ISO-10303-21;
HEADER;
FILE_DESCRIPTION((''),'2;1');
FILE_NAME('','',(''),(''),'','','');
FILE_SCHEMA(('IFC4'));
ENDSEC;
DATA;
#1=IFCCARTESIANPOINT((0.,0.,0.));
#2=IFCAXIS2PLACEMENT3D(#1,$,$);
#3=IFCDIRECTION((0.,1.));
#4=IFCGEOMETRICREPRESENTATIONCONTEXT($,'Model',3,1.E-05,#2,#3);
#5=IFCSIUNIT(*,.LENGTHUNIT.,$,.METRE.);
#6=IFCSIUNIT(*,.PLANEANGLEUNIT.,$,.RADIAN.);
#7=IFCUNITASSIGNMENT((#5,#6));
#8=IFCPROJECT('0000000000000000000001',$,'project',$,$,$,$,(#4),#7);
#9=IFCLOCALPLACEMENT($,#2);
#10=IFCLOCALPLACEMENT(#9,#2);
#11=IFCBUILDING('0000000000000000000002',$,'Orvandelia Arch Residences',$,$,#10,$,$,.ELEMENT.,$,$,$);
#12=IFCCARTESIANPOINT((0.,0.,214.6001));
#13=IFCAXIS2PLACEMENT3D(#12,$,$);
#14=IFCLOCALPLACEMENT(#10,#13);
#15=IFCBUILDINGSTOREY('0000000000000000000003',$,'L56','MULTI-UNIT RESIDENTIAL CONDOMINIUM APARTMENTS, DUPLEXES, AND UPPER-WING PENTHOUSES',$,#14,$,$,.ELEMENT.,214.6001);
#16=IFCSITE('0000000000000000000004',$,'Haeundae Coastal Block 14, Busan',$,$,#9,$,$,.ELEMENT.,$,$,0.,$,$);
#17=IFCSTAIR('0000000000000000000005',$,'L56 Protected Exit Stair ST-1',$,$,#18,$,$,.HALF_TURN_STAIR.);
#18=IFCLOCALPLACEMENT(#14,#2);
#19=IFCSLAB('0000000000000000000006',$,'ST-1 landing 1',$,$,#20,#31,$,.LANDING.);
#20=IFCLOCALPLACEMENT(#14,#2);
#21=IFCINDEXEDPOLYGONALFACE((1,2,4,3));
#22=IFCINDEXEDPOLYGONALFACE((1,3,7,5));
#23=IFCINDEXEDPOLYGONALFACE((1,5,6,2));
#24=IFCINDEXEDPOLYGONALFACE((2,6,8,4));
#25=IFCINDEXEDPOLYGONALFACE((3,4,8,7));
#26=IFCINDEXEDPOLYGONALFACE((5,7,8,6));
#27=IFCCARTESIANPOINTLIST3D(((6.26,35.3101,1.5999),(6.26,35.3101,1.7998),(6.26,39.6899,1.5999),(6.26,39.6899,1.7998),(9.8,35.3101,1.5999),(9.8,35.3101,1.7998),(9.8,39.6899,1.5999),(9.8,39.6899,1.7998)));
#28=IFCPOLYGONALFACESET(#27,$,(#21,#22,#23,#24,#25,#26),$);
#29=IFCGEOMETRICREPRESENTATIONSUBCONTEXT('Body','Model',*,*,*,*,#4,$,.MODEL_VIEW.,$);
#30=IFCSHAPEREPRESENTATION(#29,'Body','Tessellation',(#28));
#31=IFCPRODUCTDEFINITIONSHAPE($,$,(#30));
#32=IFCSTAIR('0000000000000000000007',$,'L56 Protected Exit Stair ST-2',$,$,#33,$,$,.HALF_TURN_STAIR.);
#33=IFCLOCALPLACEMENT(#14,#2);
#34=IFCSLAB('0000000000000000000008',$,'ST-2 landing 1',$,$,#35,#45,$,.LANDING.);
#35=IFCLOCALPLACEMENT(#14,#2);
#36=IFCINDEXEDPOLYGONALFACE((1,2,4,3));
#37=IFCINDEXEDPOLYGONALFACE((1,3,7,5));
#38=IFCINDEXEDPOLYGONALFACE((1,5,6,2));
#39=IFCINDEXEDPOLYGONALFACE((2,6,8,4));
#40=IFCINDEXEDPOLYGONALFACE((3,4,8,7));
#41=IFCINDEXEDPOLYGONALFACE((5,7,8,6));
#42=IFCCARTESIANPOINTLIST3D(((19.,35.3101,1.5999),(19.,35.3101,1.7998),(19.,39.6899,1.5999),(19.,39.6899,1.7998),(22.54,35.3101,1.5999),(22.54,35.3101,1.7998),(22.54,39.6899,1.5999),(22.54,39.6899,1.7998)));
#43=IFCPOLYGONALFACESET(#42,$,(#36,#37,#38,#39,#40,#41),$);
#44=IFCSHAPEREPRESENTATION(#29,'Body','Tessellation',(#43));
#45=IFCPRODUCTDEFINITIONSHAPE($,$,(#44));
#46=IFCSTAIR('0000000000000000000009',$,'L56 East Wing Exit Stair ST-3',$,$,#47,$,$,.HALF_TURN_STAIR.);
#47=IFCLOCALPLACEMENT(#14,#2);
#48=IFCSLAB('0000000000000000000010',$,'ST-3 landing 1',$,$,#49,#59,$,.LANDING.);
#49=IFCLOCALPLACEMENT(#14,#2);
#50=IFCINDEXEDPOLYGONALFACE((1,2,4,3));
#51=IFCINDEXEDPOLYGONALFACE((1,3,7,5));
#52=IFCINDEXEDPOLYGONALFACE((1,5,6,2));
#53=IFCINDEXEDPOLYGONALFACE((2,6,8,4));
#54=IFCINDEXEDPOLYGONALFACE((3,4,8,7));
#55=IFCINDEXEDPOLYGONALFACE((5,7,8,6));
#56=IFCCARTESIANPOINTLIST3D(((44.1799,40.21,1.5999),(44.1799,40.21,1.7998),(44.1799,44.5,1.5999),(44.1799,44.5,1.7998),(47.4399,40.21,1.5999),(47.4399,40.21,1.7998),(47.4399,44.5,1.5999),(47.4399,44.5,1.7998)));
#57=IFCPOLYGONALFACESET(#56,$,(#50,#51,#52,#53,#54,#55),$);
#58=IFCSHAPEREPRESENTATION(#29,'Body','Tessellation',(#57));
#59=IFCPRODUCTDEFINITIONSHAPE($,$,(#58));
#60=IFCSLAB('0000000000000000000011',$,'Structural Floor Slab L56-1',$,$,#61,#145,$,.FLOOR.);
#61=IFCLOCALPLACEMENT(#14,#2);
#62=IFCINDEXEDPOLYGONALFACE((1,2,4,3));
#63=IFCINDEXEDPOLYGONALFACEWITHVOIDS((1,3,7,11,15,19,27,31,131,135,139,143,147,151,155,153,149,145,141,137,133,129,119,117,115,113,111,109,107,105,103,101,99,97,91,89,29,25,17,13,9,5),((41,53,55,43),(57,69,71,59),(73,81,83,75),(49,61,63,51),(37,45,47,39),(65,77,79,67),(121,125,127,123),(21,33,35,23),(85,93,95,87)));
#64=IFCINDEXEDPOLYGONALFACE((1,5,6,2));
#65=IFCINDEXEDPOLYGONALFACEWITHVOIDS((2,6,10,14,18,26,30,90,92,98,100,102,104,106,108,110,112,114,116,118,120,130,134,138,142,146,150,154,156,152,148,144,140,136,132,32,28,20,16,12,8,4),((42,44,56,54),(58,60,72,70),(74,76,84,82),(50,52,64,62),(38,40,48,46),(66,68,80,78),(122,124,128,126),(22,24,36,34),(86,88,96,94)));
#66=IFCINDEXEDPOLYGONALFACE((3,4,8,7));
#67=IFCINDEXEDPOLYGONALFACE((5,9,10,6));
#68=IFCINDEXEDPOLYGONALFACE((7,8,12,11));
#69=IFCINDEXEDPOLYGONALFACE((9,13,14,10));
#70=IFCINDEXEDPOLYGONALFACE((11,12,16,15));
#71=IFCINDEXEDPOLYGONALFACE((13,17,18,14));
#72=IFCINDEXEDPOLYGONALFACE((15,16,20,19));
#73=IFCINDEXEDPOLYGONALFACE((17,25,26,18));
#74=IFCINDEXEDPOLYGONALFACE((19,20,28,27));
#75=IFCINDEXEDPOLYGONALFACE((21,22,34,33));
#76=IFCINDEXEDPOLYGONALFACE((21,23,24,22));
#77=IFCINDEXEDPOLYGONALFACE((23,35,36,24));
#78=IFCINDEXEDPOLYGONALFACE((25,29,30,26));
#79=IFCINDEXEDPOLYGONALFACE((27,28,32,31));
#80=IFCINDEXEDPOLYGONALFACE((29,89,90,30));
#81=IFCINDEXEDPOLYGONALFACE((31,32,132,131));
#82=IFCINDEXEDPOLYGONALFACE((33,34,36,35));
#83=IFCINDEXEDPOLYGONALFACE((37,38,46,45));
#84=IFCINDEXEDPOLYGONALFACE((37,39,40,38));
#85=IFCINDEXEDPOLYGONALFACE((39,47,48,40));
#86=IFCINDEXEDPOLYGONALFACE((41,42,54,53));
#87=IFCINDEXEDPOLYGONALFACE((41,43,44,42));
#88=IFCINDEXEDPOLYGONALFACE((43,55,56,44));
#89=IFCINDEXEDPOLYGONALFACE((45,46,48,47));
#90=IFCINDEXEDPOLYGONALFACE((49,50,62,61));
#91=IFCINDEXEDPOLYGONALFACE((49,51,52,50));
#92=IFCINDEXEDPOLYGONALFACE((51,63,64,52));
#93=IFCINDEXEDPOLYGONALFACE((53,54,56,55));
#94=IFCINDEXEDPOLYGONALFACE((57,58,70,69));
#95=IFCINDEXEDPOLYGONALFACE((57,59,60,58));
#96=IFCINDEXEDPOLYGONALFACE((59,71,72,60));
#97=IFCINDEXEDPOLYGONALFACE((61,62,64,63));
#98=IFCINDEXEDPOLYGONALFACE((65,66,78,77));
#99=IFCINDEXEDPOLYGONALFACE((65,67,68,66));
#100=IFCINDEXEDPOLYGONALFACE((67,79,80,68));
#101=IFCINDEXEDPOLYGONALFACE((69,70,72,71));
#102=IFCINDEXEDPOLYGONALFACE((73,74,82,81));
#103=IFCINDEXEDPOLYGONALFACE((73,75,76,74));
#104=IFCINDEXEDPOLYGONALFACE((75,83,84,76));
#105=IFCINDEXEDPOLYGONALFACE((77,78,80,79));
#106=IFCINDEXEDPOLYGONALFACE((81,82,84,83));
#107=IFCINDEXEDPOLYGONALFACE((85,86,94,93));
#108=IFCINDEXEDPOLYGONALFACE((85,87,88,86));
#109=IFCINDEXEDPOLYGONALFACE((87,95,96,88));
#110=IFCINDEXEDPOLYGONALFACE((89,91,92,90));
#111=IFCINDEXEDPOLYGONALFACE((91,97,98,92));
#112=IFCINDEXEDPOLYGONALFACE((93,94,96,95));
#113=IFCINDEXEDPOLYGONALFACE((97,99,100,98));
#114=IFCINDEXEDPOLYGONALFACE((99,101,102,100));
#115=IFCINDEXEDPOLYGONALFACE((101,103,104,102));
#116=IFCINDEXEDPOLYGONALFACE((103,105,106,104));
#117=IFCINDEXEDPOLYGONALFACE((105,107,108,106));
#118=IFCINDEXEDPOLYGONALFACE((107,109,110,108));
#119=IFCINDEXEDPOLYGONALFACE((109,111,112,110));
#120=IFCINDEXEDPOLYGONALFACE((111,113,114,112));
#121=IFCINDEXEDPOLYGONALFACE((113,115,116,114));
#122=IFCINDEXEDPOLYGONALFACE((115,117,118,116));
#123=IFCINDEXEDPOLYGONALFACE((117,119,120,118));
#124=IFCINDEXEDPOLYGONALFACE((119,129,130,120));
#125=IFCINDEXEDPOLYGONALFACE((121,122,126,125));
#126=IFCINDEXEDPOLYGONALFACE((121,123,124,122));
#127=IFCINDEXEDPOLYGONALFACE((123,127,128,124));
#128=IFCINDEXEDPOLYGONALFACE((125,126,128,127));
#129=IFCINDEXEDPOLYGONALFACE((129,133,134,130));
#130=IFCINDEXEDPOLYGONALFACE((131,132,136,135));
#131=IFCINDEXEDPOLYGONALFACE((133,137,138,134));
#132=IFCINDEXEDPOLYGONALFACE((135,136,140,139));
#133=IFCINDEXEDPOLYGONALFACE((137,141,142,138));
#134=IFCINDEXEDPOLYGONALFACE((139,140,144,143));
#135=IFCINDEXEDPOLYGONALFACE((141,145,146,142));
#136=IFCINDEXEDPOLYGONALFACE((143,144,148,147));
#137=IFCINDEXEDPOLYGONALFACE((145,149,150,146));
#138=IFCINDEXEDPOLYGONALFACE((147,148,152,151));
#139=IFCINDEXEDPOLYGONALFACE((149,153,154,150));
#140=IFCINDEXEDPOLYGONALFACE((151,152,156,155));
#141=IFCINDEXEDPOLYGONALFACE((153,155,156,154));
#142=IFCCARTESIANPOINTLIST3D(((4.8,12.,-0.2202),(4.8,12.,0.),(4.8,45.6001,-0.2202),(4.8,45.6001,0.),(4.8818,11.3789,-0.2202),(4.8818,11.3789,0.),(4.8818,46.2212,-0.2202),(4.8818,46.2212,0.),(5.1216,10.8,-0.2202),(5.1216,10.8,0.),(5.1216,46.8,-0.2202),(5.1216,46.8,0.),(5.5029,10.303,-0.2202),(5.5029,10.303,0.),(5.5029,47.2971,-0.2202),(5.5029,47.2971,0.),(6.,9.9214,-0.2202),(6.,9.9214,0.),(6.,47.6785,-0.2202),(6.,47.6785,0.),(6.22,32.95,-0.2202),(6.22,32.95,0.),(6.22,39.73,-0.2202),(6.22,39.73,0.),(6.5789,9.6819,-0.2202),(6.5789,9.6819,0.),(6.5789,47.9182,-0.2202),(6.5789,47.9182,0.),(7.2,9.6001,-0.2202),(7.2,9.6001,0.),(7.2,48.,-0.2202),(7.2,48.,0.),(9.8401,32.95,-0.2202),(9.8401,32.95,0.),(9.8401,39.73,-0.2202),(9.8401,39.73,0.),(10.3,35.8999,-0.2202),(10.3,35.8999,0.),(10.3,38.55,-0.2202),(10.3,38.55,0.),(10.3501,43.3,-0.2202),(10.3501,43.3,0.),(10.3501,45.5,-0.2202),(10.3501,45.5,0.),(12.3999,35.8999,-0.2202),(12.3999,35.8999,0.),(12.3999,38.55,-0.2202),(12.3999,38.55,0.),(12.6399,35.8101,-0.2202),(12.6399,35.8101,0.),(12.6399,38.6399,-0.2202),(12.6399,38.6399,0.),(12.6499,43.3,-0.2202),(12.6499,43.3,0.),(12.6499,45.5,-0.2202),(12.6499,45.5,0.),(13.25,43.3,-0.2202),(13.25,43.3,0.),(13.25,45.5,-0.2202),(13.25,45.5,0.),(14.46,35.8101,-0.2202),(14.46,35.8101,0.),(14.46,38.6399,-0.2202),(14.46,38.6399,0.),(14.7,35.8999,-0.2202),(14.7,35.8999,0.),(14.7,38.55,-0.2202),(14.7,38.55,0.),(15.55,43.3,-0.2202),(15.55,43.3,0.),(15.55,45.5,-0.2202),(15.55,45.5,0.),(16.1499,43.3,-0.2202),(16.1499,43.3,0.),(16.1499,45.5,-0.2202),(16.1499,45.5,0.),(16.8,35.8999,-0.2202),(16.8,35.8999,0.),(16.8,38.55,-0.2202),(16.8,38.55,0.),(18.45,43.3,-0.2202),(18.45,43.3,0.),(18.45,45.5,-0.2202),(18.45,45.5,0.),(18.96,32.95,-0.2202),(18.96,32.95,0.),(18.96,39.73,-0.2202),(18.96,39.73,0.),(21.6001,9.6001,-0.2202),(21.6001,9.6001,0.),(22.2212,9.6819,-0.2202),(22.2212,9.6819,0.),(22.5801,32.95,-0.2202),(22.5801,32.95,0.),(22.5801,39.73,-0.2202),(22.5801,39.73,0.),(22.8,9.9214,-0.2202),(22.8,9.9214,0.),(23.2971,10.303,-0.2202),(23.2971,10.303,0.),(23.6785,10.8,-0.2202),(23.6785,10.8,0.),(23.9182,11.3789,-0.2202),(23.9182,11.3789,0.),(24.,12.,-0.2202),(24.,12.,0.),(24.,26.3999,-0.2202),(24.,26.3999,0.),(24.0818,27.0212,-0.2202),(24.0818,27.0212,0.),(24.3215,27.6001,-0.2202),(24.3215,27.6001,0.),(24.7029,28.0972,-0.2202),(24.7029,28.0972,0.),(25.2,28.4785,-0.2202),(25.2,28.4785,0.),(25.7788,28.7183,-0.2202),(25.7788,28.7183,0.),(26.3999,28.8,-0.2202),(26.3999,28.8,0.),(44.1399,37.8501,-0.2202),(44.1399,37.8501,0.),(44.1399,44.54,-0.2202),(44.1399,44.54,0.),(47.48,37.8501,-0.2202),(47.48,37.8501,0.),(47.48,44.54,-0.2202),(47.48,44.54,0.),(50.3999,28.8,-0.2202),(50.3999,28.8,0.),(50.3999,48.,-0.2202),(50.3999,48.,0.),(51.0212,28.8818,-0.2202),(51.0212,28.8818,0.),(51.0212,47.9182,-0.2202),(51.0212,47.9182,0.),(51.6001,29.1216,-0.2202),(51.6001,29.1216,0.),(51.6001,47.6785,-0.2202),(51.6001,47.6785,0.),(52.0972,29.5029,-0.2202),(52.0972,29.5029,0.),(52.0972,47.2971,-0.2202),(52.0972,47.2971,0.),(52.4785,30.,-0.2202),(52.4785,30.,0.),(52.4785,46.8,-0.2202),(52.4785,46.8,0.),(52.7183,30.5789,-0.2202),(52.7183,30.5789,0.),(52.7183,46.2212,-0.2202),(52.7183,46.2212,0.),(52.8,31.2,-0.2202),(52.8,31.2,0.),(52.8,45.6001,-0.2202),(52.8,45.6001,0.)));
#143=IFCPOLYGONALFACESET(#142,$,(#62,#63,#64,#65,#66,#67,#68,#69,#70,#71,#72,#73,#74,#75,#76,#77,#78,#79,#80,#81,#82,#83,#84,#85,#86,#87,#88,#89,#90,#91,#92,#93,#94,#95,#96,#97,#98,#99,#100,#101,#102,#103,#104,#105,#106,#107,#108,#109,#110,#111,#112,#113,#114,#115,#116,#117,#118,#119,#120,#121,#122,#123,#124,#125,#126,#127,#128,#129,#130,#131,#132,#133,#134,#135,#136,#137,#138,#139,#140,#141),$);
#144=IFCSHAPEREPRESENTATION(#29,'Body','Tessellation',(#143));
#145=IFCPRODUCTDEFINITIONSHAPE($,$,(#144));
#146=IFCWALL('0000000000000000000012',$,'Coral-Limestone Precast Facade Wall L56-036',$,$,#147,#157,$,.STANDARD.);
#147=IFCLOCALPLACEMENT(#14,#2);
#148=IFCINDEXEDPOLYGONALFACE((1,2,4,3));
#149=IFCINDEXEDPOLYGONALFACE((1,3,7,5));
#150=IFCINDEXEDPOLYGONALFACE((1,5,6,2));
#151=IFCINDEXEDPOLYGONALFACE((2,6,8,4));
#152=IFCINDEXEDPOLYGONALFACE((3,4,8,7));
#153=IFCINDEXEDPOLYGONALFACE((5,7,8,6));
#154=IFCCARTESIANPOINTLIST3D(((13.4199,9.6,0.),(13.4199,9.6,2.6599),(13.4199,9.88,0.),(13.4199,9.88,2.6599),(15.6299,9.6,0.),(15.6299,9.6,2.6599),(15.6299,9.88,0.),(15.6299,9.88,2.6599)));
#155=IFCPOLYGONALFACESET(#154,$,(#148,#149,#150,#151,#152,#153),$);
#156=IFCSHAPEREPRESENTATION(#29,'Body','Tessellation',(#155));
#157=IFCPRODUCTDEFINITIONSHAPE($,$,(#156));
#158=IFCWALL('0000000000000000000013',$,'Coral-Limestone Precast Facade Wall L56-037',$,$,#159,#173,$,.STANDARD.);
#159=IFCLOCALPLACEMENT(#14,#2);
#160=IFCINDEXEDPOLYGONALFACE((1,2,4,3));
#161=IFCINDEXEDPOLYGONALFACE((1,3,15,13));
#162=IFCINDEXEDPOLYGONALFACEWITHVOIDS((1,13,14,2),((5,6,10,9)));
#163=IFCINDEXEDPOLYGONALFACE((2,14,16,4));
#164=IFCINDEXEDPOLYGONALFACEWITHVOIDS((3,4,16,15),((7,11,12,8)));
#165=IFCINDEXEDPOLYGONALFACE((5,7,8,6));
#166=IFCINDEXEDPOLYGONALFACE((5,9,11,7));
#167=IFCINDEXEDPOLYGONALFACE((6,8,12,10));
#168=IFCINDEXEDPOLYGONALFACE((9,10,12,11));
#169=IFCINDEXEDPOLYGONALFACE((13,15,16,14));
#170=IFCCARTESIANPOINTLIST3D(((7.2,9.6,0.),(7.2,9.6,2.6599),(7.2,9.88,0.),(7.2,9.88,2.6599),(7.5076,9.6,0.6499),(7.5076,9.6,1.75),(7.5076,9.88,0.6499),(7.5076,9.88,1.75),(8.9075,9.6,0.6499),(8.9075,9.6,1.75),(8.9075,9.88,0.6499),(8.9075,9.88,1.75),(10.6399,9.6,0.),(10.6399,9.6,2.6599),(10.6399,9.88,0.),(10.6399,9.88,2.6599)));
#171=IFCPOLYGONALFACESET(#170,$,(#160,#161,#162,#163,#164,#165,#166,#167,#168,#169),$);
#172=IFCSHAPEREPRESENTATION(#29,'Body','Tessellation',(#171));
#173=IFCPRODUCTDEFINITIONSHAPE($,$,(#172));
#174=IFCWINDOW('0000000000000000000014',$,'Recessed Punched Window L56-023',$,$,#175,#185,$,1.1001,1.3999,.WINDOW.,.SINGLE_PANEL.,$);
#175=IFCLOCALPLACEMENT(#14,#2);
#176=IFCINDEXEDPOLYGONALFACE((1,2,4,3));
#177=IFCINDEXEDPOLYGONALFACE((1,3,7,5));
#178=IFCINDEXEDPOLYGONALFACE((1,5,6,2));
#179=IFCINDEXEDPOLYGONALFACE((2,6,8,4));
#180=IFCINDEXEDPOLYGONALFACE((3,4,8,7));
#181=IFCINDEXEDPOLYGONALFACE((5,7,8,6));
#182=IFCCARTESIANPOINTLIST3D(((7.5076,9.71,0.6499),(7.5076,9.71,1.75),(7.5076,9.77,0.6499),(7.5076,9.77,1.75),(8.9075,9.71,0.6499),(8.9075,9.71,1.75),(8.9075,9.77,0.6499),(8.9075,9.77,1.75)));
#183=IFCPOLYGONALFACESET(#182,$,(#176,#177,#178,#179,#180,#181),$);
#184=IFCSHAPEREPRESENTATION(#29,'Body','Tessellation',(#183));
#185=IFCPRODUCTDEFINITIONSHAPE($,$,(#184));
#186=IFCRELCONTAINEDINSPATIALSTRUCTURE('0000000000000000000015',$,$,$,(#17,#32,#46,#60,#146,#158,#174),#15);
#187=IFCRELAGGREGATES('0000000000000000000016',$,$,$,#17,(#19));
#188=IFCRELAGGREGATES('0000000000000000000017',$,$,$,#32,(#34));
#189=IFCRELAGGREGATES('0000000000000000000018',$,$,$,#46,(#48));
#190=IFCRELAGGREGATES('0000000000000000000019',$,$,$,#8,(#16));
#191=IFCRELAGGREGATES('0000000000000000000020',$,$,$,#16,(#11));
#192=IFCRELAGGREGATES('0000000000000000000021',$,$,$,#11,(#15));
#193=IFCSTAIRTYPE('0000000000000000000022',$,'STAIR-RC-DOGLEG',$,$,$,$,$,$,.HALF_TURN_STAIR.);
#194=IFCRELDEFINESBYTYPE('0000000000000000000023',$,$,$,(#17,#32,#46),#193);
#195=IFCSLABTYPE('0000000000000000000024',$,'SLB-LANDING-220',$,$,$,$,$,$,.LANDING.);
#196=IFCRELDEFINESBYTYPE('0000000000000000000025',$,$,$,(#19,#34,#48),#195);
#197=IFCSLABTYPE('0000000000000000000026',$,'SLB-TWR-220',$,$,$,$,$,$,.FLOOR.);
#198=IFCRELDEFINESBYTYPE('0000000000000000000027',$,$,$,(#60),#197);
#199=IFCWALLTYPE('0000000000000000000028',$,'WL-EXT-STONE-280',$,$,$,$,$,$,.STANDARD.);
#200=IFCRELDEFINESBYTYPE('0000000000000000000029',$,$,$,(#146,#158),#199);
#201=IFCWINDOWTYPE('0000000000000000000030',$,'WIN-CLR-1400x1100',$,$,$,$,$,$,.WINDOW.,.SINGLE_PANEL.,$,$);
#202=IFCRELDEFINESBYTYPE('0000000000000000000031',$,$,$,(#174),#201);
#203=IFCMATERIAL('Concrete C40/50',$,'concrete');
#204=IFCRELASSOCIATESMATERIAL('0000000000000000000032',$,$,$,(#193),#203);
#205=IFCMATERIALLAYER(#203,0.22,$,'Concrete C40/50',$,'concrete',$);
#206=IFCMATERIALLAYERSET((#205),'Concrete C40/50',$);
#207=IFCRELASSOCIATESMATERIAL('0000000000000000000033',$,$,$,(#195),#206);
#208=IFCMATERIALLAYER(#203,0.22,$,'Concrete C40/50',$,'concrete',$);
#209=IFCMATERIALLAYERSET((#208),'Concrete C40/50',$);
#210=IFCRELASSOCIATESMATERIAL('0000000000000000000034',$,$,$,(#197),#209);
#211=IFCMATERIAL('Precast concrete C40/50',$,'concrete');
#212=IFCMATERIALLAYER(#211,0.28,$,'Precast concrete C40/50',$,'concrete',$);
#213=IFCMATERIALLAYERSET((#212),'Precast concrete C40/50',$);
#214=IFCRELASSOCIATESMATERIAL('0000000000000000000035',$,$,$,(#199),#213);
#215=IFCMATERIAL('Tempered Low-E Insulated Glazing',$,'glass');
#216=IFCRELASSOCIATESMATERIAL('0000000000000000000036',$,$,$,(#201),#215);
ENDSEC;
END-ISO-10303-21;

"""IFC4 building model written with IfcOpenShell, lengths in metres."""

from ifc_helpers import new_model, si_unit, direction, frame, frame_2d, origin, place, context, subcontext, project, spatial, polyline, rectangle, outline, extrude, material, layer, layer_set, type_object, element, fill, aggregate, save


model = new_model("IFC4")

# Units and contexts
model_context = context("Model", 3, precision=1e-05, world=origin(), true_north=direction((0.0, 1.0)))
body_context = subcontext(model_context, "Body", "Model", "MODEL_VIEW")
ifc_project = project(units=[si_unit("LENGTHUNIT", "METRE"), si_unit("PLANEANGLEUNIT", "RADIAN")], contexts=[model_context])

# Site, building, storey
site_placement = place(None, origin())
site = spatial("IfcSite", under=ifc_project, at=site_placement, Name="Haeundae Coastal Block 14, Busan", CompositionType="ELEMENT", RefElevation=0.0)
building_placement = place(site_placement, origin())
building = spatial("IfcBuilding", under=site, at=building_placement, Name="Orvandelia Arch Residences", CompositionType="ELEMENT")
storey_placement = place(building_placement, frame((0.0, 0.0, 214.6001)))
storey = spatial("IfcBuildingStorey", under=building, at=storey_placement, Name="L56", Description="MULTI-UNIT RESIDENTIAL CONDOMINIUM APARTMENTS, DUPLEXES, AND UPPER-WING PENTHOUSES", CompositionType="ELEMENT", Elevation=214.6001)

# Shared definitions
ifc_material_1 = material(Name="Precast concrete C40/50", Category="concrete")

# Stairs, slabs
ifc_material_2 = material(Name="Concrete C40/50", Category="concrete")
stair_type = type_object("IfcStairType", Name="STAIR-RC-DOGLEG", PredefinedType="HALF_TURN_STAIR", material=ifc_material_2)
stair_1_placement = place(storey_placement, origin())
stair_1 = element("IfcStair", 1, at=stair_1_placement, inside=storey, type_object=stair_type, Name="L56 Protected Exit Stair ST-1", PredefinedType="HALF_TURN_STAIR")
ifc_layer_1 = layer(ifc_material_2, 0.22, Name="Concrete C40/50", Category="concrete")
ifc_layer_set_1 = layer_set([ifc_layer_1], Name="Concrete C40/50")
slab_type_1 = type_object("IfcSlabType", Name="SLB-LANDING-220", PredefinedType="LANDING", material=ifc_layer_set_1)
slab_1_placement = place(storey_placement, frame((0.0, 0.0, 1.5999)))
slab_1 = element("IfcSlab", 2, at=slab_1_placement, type_object=slab_type_1, Name="ST-1 landing 1", PredefinedType="LANDING", context=body_context, shape_type="SweptSolid", body=[
    extrude(outline(polyline([(9.8, 35.3101), (9.8, 39.6899), (6.26, 39.6899), (6.26, 35.3101), (9.8, 35.3101)])), origin(), (0.0, 0.0, 1.0), 0.2),
])
aggregate(stair_1, [slab_1])
stair_2_placement = place(storey_placement, origin())
stair_2 = element("IfcStair", 3, at=stair_2_placement, inside=storey, type_object=stair_type, Name="L56 Protected Exit Stair ST-2", PredefinedType="HALF_TURN_STAIR")
slab_2_placement = place(storey_placement, frame((0.0, 0.0, 1.5999)))
slab_2 = element("IfcSlab", 4, at=slab_2_placement, type_object=slab_type_1, Name="ST-2 landing 1", PredefinedType="LANDING", context=body_context, shape_type="SweptSolid", body=[
    extrude(outline(polyline([(22.54, 35.3101), (22.54, 39.6899), (19.0, 39.6899), (19.0, 35.3101), (22.54, 35.3101)])), origin(), (0.0, 0.0, 1.0), 0.2),
])
aggregate(stair_2, [slab_2])
stair_3_placement = place(storey_placement, origin())
stair_3 = element("IfcStair", 5, at=stair_3_placement, inside=storey, type_object=stair_type, Name="L56 East Wing Exit Stair ST-3", PredefinedType="HALF_TURN_STAIR")
slab_3_placement = place(storey_placement, frame((0.0, 0.0, 1.5999)))
slab_3 = element("IfcSlab", 6, at=slab_3_placement, type_object=slab_type_1, Name="ST-3 landing 1", PredefinedType="LANDING", context=body_context, shape_type="SweptSolid", body=[
    extrude(outline(polyline([(47.4399, 40.21), (47.4399, 44.5), (44.1799, 44.5), (44.1799, 40.21), (47.4399, 40.21)])), origin(), (0.0, 0.0, 1.0), 0.2),
])
aggregate(stair_3, [slab_3])

# Slab
ifc_layer_2 = layer(ifc_material_2, 0.22, Name="Concrete C40/50", Category="concrete")
ifc_layer_set_2 = layer_set([ifc_layer_2], Name="Concrete C40/50")
slab_type_2 = type_object("IfcSlabType", Name="SLB-TWR-220", PredefinedType="FLOOR", material=ifc_layer_set_2)
slab_4_placement = place(storey_placement, frame((0.0, 0.0, -0.2202)))
element("IfcSlab", 7, at=slab_4_placement, inside=storey, type_object=slab_type_2, Name="Structural Floor Slab L56-1", PredefinedType="FLOOR", context=body_context, shape_type="SweptSolid", body=[
    extrude(outline(polyline([(4.8, 12.0), (4.8818, 11.3789), (5.1216, 10.8), (5.5029, 10.303), (6.0, 9.9214), (6.5789, 9.6819), (7.2, 9.6001), (21.6001, 9.6001), (22.2212, 9.6819), (22.8, 9.9214), (23.2971, 10.303), (23.6785, 10.8), (23.9182, 11.3789), (24.0, 12.0), (24.0, 26.3999), (24.0818, 27.0212), (24.3215, 27.6001), (24.7029, 28.0972), (25.2, 28.4785), (25.7788, 28.7183), (26.3999, 28.8), (50.3999, 28.8), (51.0212, 28.8818), (51.6001, 29.1216), (52.0972, 29.5029), (52.4785, 30.0), (52.7183, 30.5789), (52.8, 31.2), (52.8, 45.6001), (52.7183, 46.2212), (52.4785, 46.8), (52.0972, 47.2971), (51.6001, 47.6785), (51.0212, 47.9182), (50.3999, 48.0), (7.2, 48.0), (6.5789, 47.9182), (6.0, 47.6785), (5.5029, 47.2971), (5.1216, 46.8), (4.8818, 46.2212), (4.8, 45.6001), (4.8, 12.0)]), holes=[polyline([(6.22, 32.95), (9.8401, 32.95), (9.8401, 39.73), (6.22, 39.73), (6.22, 32.95)]), polyline([(18.96, 32.95), (22.5801, 32.95), (22.5801, 39.73), (18.96, 39.73), (18.96, 32.95)]), polyline([(44.1399, 37.8501), (47.48, 37.8501), (47.48, 44.54), (44.1399, 44.54), (44.1399, 37.8501)]), polyline([(12.6399, 35.8101), (14.46, 35.8101), (14.46, 38.6399), (12.6399, 38.6399), (12.6399, 35.8101)]), polyline([(10.3, 35.8999), (12.3999, 35.8999), (12.3999, 38.55), (10.3, 38.55), (10.3, 35.8999)]), polyline([(14.7, 35.8999), (16.8, 35.8999), (16.8, 38.55), (14.7, 38.55), (14.7, 35.8999)]), polyline([(10.3501, 43.3), (12.6499, 43.3), (12.6499, 45.5), (10.3501, 45.5), (10.3501, 43.3)]), polyline([(13.25, 43.3), (15.55, 43.3), (15.55, 45.5), (13.25, 45.5), (13.25, 43.3)]), polyline([(16.1499, 43.3), (18.45, 43.3), (18.45, 45.5), (16.1499, 45.5), (16.1499, 43.3)])]), origin(), (0.0, 0.0, 1.0), 0.2202),
])

# Wall
ifc_layer_3 = layer(ifc_material_1, 0.28, Name="Precast concrete C40/50", Category="concrete")
ifc_layer_set_3 = layer_set([ifc_layer_3], Name="Precast concrete C40/50")
wall_type = type_object("IfcWallType", Name="WL-EXT-STONE-280", PredefinedType="STANDARD", material=ifc_layer_set_3)
wall_1_placement = place(storey_placement, frame((15.6299, 9.74, 0.0), z_axis=(0.0, 0.0, 1.0), x_axis=(-1.0, 0.0, 0.0)))
element("IfcWall", 8, at=wall_1_placement, inside=storey, type_object=wall_type, Name="Coral-Limestone Precast Facade Wall L56-036", PredefinedType="STANDARD", context=body_context, shape_type="SweptSolid", body=[
    extrude(rectangle(XDim=2.21, YDim=0.28, at=frame_2d((1.105, 0.0))), origin(), (0.0, 0.0, 1.0), 2.6599),
])

# Wall, opening, window
wall_2_placement = place(storey_placement, frame((10.6399, 9.74, 0.0), z_axis=(0.0, 0.0, 1.0), x_axis=(-1.0, 0.0, 0.0)))
wall_2 = element("IfcWall", 9, at=wall_2_placement, inside=storey, type_object=wall_type, Name="Coral-Limestone Precast Facade Wall L56-037", PredefinedType="STANDARD", context=body_context, shape_type="SweptSolid", body=[
    extrude(rectangle(XDim=3.4399, YDim=0.28, at=frame_2d((1.72, 0.0))), origin(), (0.0, 0.0, 1.0), 2.6599),
])
opening_placement = place(wall_2_placement, frame((1.7324, 0.0, 0.6499)))
opening = element("IfcOpeningElement", 10, at=opening_placement, cuts=wall_2, PredefinedType="OPENING", context=body_context, shape_type="SweptSolid", body=[
    extrude(rectangle(XDim=1.3999, YDim=1.1001, at=frame_2d((0.7, 0.55))), frame((0.0, 0.1499, 0.0), z_axis=(0.0, -1.0, 0.0), x_axis=(1.0, 0.0, 0.0)), (0.0, 0.0, 1.0), 0.3),
])
ifc_material_3 = material(Name="Tempered Low-E Insulated Glazing", Category="glass")
window_type = type_object("IfcWindowType", Name="WIN-CLR-1400x1100", PartitioningType="SINGLE_PANEL", PredefinedType="WINDOW", material=ifc_material_3)
window_placement = place(opening_placement, origin())
window = element("IfcWindow", 11, at=window_placement, inside=storey, type_object=window_type, Name="Recessed Punched Window L56-023", OverallHeight=1.1001, OverallWidth=1.3999, PartitioningType="SINGLE_PANEL", PredefinedType="WINDOW", context=body_context, shape_type="SweptSolid", body=[
    extrude(rectangle(XDim=1.3999, YDim=1.1001, at=frame_2d((0.7, 0.55))), frame((0.0, 0.03, 0.0), z_axis=(0.0, -1.0, 0.0), x_axis=(1.0, 0.0, 0.0)), (0.0, 0.0, 1.0), 0.0601),
])
fill(opening, window)

save(model, "model.ifc")
